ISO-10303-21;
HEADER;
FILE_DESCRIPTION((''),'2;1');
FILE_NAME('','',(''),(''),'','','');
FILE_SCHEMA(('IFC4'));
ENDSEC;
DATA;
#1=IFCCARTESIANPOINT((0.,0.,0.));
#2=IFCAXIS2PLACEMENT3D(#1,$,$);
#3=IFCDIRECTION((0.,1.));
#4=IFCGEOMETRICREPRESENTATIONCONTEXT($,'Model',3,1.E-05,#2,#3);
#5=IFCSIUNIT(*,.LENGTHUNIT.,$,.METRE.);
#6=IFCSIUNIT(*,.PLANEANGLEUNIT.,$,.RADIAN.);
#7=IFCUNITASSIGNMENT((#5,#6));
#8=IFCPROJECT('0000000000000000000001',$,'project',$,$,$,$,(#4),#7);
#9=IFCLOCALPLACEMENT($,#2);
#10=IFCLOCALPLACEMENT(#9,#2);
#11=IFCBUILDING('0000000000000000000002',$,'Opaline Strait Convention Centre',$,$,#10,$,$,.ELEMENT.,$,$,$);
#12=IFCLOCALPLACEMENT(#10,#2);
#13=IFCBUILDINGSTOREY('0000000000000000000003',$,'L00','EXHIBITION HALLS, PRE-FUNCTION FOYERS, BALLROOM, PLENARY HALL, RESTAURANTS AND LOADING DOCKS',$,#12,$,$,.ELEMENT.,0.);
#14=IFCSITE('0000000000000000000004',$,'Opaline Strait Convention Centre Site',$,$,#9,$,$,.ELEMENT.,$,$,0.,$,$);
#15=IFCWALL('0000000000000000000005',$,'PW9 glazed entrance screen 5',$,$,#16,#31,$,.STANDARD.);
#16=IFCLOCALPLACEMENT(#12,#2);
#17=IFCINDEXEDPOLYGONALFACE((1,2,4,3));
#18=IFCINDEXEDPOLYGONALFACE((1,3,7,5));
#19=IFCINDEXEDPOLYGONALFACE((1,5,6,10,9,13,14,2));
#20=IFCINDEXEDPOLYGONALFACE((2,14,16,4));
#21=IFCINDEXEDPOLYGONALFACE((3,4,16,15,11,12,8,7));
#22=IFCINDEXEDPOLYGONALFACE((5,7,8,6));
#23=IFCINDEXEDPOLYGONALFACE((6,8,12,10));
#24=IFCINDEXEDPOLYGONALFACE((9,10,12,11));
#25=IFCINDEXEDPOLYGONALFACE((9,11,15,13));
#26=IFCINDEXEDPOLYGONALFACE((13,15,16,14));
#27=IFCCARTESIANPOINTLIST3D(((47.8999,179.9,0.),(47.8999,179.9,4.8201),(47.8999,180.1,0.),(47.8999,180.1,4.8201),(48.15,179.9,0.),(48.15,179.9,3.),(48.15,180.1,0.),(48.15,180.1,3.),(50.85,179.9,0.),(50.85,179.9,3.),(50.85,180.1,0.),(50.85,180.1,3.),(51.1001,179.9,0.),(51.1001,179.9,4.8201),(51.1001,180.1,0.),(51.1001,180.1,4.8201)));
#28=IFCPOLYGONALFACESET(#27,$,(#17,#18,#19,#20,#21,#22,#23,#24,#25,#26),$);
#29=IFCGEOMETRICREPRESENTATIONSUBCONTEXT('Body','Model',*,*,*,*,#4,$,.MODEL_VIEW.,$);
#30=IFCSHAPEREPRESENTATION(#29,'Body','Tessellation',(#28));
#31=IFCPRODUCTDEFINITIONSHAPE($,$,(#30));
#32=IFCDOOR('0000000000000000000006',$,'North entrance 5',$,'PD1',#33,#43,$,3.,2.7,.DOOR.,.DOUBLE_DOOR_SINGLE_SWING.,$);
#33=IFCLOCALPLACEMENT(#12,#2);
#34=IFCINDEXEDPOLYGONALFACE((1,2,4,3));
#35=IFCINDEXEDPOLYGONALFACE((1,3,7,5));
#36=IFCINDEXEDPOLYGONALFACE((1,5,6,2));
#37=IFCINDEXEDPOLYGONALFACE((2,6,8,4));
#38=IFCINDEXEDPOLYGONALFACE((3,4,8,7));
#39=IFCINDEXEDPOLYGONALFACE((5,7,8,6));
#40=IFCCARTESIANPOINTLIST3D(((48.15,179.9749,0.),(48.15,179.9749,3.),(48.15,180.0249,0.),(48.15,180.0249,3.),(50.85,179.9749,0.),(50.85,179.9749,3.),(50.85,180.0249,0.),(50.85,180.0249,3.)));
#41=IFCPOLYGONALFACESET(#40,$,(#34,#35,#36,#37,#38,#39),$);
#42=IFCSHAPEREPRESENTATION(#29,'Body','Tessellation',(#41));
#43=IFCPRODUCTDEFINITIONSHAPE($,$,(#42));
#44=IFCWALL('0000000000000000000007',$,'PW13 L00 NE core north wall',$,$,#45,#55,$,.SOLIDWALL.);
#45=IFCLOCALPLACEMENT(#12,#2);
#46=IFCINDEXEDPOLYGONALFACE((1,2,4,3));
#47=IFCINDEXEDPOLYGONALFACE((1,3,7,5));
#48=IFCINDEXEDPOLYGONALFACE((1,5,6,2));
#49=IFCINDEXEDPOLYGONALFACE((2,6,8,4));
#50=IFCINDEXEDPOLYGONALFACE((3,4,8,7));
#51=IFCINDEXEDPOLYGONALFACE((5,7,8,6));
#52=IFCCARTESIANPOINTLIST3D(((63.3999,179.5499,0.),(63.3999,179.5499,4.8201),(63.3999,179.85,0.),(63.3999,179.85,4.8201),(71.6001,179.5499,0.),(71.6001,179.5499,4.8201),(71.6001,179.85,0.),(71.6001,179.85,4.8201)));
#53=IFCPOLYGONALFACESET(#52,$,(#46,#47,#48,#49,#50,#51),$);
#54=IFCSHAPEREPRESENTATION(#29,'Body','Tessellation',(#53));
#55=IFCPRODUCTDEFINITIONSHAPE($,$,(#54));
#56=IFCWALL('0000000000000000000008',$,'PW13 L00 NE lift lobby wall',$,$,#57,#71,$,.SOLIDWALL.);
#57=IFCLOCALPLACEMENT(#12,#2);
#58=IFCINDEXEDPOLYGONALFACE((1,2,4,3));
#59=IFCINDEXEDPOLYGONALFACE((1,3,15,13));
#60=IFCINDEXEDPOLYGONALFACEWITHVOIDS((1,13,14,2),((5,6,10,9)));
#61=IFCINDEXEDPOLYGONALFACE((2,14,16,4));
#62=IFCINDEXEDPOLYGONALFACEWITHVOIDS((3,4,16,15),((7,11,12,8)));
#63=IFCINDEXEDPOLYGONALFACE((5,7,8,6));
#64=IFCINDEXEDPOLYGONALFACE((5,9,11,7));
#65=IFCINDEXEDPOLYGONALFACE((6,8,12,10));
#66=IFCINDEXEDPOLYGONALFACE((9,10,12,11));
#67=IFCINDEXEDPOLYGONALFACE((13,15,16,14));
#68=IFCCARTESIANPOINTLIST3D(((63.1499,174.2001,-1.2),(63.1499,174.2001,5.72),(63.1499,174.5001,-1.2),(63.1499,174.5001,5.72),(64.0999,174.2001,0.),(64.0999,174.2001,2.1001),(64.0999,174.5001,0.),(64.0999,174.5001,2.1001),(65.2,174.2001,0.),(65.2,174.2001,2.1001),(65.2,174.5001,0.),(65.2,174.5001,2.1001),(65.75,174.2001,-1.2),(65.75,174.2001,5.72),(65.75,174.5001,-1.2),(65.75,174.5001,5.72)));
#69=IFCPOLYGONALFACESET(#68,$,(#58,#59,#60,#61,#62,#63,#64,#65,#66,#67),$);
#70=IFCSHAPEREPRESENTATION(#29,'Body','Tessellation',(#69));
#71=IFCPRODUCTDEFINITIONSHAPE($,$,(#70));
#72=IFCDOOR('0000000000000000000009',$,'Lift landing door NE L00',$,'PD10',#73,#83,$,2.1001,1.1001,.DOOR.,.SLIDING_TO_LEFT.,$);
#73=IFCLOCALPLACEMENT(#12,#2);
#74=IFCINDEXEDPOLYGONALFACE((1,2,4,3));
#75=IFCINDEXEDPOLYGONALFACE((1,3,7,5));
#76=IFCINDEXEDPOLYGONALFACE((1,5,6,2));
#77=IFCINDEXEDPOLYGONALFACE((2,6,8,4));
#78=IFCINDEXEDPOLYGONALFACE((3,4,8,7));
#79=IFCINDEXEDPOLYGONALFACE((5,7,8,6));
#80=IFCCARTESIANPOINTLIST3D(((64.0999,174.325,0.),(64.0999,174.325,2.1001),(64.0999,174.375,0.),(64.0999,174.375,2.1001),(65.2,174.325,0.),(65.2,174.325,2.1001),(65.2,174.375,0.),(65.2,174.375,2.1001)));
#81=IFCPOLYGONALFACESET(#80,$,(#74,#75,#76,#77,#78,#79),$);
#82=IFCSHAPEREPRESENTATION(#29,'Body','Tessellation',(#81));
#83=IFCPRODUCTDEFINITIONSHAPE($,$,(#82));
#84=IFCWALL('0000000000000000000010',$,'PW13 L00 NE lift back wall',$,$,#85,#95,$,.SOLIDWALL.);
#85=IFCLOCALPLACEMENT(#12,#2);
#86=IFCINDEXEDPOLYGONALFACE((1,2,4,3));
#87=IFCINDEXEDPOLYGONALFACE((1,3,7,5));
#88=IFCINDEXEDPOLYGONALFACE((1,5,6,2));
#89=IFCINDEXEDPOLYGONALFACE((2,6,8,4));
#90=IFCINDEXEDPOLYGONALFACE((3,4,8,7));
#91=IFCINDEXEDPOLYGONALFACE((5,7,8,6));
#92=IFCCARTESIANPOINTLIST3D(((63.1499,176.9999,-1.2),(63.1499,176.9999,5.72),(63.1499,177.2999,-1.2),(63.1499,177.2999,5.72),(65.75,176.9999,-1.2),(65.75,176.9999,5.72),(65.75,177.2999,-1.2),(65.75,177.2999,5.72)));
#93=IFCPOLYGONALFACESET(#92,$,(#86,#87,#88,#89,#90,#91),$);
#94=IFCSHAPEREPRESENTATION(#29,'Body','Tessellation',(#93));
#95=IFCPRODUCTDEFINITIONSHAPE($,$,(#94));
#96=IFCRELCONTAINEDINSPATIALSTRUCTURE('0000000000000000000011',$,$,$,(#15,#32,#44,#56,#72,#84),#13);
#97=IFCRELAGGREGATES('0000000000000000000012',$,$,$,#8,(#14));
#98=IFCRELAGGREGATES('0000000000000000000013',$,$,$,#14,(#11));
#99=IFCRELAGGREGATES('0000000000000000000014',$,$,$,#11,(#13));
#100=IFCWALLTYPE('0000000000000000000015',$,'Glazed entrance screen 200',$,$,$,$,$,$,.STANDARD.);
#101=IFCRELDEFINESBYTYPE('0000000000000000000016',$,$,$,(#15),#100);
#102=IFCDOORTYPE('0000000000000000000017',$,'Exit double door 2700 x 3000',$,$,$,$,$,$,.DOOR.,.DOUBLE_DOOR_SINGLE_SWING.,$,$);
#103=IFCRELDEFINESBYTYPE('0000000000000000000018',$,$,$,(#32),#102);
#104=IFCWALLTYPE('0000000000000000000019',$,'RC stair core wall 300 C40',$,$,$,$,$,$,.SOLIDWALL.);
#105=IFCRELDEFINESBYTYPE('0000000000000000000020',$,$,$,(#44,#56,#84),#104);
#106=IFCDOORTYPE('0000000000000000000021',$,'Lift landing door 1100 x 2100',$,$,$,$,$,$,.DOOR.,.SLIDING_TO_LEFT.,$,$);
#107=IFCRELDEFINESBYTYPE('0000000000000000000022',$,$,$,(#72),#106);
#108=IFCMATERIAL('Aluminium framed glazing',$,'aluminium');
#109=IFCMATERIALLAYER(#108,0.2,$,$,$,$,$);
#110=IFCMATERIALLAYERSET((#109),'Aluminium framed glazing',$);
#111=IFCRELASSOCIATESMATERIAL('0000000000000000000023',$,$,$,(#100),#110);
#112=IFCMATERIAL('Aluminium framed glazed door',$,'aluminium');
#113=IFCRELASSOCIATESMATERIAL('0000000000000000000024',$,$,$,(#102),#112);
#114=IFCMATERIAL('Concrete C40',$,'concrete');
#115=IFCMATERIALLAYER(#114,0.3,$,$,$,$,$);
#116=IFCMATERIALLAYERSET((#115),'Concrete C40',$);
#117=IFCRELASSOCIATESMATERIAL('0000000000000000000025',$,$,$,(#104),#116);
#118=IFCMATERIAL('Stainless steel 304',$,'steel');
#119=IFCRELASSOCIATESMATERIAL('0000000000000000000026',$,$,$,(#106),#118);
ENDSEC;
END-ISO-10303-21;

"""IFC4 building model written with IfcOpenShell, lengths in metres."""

from ifc_helpers import new_model, si_unit, direction, frame, frame_2d, origin, place, context, subcontext, project, spatial, rectangle, extrude, material, layer, layer_set, type_object, element, fill, save


model = new_model("IFC4")

# Units and contexts
model_context = context("Model", 3, precision=1e-05, world=origin(), true_north=direction((0.0, 1.0)))
body_context = subcontext(model_context, "Body", "Model", "MODEL_VIEW")
ifc_project = project(units=[si_unit("LENGTHUNIT", "METRE"), si_unit("PLANEANGLEUNIT", "RADIAN")], contexts=[model_context])

# Site, building, storey
site_placement = place(None, origin())
site = spatial("IfcSite", under=ifc_project, at=site_placement, Name="Opaline Strait Convention Centre Site", CompositionType="ELEMENT", RefElevation=0.0)
building_placement = place(site_placement, origin())
building = spatial("IfcBuilding", under=site, at=building_placement, Name="Opaline Strait Convention Centre", CompositionType="ELEMENT")
storey_placement = place(building_placement, origin())
storey = spatial("IfcBuildingStorey", under=building, at=storey_placement, Name="L00", Description="EXHIBITION HALLS, PRE-FUNCTION FOYERS, BALLROOM, PLENARY HALL, RESTAURANTS AND LOADING DOCKS", CompositionType="ELEMENT", Elevation=0.0)

# Shared definitions
ifc_material_1 = material(Name="Concrete C40", Category="concrete")

# Wall, opening, door
ifc_material_2 = material(Name="Aluminium framed glazing", Category="aluminium")
ifc_layer_1 = layer(ifc_material_2, 0.2)
ifc_layer_set_1 = layer_set([ifc_layer_1], Name="Aluminium framed glazing")
wall_type_1 = type_object("IfcWallType", Name="Glazed entrance screen 200", PredefinedType="STANDARD", material=ifc_layer_set_1)
wall_1_placement = place(storey_placement, frame((47.8999, 180.0, 0.0), z_axis=(0.0, 0.0, 1.0), x_axis=(1.0, 0.0, 0.0)))
wall_1 = element("IfcWall", 1, at=wall_1_placement, inside=storey, type_object=wall_type_1, Name="PW9 glazed entrance screen 5", PredefinedType="STANDARD", context=body_context, shape_type="SweptSolid", body=[
    extrude(rectangle(XDim=3.2002, YDim=0.2, at=frame_2d((1.6001, 0.0))), origin(), (0.0, 0.0, 1.0), 4.8201),
])
opening_1_placement = place(wall_1_placement, frame((0.25, 0.0, 0.0)))
opening_1 = element("IfcOpeningElement", 2, at=opening_1_placement, cuts=wall_1, PredefinedType="OPENING", context=body_context, shape_type="SweptSolid", body=[
    extrude(rectangle(XDim=2.7, YDim=3.0, at=frame_2d((1.3501, 1.5))), frame((0.0, 0.1099, 0.0), z_axis=(0.0, -1.0, 0.0), x_axis=(1.0, 0.0, 0.0)), (0.0, 0.0, 1.0), 0.22),
])
ifc_material_3 = material(Name="Aluminium framed glazed door", Category="aluminium")
door_type_1 = type_object("IfcDoorType", Name="Exit double door 2700 x 3000", OperationType="DOUBLE_DOOR_SINGLE_SWING", PredefinedType="DOOR", material=ifc_material_3)
door_1_placement = place(opening_1_placement, origin())
door_1 = element("IfcDoor", 3, at=door_1_placement, inside=storey, type_object=door_type_1, Name="North entrance 5", ObjectType="PD1", OperationType="DOUBLE_DOOR_SINGLE_SWING", OverallHeight=3.0, OverallWidth=2.7, PredefinedType="DOOR", context=body_context, shape_type="SweptSolid", body=[
    extrude(rectangle(XDim=2.7, YDim=3.0, at=frame_2d((1.3501, 1.5))), frame((0.0, 0.0249, 0.0), z_axis=(0.0, -1.0, 0.0), x_axis=(1.0, 0.0, 0.0)), (0.0, 0.0, 1.0), 0.05),
])
fill(opening_1, door_1)
ifc_layer_2 = layer(ifc_material_1, 0.3)
ifc_layer_set_2 = layer_set([ifc_layer_2], Name="Concrete C40")
wall_type_2 = type_object("IfcWallType", Name="RC stair core wall 300 C40", PredefinedType="SOLIDWALL", material=ifc_layer_set_2)

# Wall
wall_2_placement = place(storey_placement, frame((63.3999, 179.7, 0.0), z_axis=(0.0, 0.0, 1.0), x_axis=(1.0, 0.0, 0.0)))
element("IfcWall", 4, at=wall_2_placement, inside=storey, type_object=wall_type_2, Name="PW13 L00 NE core north wall", PredefinedType="SOLIDWALL", context=body_context, shape_type="SweptSolid", body=[
    extrude(rectangle(XDim=8.2002, YDim=0.3, at=frame_2d((4.1001, 0.0))), origin(), (0.0, 0.0, 1.0), 4.8201),
])

# Wall, opening, door
wall_3_placement = place(storey_placement, frame((63.1499, 174.3501, -1.2), z_axis=(0.0, 0.0, 1.0), x_axis=(1.0, 0.0, 0.0)))
wall_3 = element("IfcWall", 5, at=wall_3_placement, inside=storey, type_object=wall_type_2, Name="PW13 L00 NE lift lobby wall", PredefinedType="SOLIDWALL", context=body_context, shape_type="SweptSolid", body=[
    extrude(rectangle(XDim=2.6001, YDim=0.3, at=frame_2d((1.3, 0.0))), origin(), (0.0, 0.0, 1.0), 6.9199),
])
opening_2_placement = place(wall_3_placement, frame((0.95, 0.0, 1.2)))
opening_2 = element("IfcOpeningElement", 6, at=opening_2_placement, cuts=wall_3, PredefinedType="OPENING", context=body_context, shape_type="SweptSolid", body=[
    extrude(rectangle(XDim=1.1001, YDim=2.1001, at=frame_2d((0.55, 1.05))), frame((0.0, 0.1599, 0.0), z_axis=(0.0, -1.0, 0.0), x_axis=(1.0, 0.0, 0.0)), (0.0, 0.0, 1.0), 0.3201),
])
ifc_material_4 = material(Name="Stainless steel 304", Category="steel")
door_type_2 = type_object("IfcDoorType", Name="Lift landing door 1100 x 2100", OperationType="SLIDING_TO_LEFT", PredefinedType="DOOR", material=ifc_material_4)
door_2_placement = place(opening_2_placement, origin())
door_2 = element("IfcDoor", 7, at=door_2_placement, inside=storey, type_object=door_type_2, Name="Lift landing door NE L00", ObjectType="PD10", OperationType="SLIDING_TO_LEFT", OverallHeight=2.1001, OverallWidth=1.1001, PredefinedType="DOOR", context=body_context, shape_type="SweptSolid", body=[
    extrude(rectangle(XDim=1.1001, YDim=2.1001, at=frame_2d((0.55, 1.05))), frame((0.0, 0.0249, 0.0), z_axis=(0.0, -1.0, 0.0), x_axis=(1.0, 0.0, 0.0)), (0.0, 0.0, 1.0), 0.05),
])
fill(opening_2, door_2)

# Wall
wall_4_placement = place(storey_placement, frame((63.1499, 177.1499, -1.2), z_axis=(0.0, 0.0, 1.0), x_axis=(1.0, 0.0, 0.0)))
element("IfcWall", 8, at=wall_4_placement, inside=storey, type_object=wall_type_2, Name="PW13 L00 NE lift back wall", PredefinedType="SOLIDWALL", context=body_context, shape_type="SweptSolid", body=[
    extrude(rectangle(XDim=2.6001, YDim=0.3, at=frame_2d((1.3, 0.0))), origin(), (0.0, 0.0, 1.0), 6.9199),
])

save(model, "model.ifc")
